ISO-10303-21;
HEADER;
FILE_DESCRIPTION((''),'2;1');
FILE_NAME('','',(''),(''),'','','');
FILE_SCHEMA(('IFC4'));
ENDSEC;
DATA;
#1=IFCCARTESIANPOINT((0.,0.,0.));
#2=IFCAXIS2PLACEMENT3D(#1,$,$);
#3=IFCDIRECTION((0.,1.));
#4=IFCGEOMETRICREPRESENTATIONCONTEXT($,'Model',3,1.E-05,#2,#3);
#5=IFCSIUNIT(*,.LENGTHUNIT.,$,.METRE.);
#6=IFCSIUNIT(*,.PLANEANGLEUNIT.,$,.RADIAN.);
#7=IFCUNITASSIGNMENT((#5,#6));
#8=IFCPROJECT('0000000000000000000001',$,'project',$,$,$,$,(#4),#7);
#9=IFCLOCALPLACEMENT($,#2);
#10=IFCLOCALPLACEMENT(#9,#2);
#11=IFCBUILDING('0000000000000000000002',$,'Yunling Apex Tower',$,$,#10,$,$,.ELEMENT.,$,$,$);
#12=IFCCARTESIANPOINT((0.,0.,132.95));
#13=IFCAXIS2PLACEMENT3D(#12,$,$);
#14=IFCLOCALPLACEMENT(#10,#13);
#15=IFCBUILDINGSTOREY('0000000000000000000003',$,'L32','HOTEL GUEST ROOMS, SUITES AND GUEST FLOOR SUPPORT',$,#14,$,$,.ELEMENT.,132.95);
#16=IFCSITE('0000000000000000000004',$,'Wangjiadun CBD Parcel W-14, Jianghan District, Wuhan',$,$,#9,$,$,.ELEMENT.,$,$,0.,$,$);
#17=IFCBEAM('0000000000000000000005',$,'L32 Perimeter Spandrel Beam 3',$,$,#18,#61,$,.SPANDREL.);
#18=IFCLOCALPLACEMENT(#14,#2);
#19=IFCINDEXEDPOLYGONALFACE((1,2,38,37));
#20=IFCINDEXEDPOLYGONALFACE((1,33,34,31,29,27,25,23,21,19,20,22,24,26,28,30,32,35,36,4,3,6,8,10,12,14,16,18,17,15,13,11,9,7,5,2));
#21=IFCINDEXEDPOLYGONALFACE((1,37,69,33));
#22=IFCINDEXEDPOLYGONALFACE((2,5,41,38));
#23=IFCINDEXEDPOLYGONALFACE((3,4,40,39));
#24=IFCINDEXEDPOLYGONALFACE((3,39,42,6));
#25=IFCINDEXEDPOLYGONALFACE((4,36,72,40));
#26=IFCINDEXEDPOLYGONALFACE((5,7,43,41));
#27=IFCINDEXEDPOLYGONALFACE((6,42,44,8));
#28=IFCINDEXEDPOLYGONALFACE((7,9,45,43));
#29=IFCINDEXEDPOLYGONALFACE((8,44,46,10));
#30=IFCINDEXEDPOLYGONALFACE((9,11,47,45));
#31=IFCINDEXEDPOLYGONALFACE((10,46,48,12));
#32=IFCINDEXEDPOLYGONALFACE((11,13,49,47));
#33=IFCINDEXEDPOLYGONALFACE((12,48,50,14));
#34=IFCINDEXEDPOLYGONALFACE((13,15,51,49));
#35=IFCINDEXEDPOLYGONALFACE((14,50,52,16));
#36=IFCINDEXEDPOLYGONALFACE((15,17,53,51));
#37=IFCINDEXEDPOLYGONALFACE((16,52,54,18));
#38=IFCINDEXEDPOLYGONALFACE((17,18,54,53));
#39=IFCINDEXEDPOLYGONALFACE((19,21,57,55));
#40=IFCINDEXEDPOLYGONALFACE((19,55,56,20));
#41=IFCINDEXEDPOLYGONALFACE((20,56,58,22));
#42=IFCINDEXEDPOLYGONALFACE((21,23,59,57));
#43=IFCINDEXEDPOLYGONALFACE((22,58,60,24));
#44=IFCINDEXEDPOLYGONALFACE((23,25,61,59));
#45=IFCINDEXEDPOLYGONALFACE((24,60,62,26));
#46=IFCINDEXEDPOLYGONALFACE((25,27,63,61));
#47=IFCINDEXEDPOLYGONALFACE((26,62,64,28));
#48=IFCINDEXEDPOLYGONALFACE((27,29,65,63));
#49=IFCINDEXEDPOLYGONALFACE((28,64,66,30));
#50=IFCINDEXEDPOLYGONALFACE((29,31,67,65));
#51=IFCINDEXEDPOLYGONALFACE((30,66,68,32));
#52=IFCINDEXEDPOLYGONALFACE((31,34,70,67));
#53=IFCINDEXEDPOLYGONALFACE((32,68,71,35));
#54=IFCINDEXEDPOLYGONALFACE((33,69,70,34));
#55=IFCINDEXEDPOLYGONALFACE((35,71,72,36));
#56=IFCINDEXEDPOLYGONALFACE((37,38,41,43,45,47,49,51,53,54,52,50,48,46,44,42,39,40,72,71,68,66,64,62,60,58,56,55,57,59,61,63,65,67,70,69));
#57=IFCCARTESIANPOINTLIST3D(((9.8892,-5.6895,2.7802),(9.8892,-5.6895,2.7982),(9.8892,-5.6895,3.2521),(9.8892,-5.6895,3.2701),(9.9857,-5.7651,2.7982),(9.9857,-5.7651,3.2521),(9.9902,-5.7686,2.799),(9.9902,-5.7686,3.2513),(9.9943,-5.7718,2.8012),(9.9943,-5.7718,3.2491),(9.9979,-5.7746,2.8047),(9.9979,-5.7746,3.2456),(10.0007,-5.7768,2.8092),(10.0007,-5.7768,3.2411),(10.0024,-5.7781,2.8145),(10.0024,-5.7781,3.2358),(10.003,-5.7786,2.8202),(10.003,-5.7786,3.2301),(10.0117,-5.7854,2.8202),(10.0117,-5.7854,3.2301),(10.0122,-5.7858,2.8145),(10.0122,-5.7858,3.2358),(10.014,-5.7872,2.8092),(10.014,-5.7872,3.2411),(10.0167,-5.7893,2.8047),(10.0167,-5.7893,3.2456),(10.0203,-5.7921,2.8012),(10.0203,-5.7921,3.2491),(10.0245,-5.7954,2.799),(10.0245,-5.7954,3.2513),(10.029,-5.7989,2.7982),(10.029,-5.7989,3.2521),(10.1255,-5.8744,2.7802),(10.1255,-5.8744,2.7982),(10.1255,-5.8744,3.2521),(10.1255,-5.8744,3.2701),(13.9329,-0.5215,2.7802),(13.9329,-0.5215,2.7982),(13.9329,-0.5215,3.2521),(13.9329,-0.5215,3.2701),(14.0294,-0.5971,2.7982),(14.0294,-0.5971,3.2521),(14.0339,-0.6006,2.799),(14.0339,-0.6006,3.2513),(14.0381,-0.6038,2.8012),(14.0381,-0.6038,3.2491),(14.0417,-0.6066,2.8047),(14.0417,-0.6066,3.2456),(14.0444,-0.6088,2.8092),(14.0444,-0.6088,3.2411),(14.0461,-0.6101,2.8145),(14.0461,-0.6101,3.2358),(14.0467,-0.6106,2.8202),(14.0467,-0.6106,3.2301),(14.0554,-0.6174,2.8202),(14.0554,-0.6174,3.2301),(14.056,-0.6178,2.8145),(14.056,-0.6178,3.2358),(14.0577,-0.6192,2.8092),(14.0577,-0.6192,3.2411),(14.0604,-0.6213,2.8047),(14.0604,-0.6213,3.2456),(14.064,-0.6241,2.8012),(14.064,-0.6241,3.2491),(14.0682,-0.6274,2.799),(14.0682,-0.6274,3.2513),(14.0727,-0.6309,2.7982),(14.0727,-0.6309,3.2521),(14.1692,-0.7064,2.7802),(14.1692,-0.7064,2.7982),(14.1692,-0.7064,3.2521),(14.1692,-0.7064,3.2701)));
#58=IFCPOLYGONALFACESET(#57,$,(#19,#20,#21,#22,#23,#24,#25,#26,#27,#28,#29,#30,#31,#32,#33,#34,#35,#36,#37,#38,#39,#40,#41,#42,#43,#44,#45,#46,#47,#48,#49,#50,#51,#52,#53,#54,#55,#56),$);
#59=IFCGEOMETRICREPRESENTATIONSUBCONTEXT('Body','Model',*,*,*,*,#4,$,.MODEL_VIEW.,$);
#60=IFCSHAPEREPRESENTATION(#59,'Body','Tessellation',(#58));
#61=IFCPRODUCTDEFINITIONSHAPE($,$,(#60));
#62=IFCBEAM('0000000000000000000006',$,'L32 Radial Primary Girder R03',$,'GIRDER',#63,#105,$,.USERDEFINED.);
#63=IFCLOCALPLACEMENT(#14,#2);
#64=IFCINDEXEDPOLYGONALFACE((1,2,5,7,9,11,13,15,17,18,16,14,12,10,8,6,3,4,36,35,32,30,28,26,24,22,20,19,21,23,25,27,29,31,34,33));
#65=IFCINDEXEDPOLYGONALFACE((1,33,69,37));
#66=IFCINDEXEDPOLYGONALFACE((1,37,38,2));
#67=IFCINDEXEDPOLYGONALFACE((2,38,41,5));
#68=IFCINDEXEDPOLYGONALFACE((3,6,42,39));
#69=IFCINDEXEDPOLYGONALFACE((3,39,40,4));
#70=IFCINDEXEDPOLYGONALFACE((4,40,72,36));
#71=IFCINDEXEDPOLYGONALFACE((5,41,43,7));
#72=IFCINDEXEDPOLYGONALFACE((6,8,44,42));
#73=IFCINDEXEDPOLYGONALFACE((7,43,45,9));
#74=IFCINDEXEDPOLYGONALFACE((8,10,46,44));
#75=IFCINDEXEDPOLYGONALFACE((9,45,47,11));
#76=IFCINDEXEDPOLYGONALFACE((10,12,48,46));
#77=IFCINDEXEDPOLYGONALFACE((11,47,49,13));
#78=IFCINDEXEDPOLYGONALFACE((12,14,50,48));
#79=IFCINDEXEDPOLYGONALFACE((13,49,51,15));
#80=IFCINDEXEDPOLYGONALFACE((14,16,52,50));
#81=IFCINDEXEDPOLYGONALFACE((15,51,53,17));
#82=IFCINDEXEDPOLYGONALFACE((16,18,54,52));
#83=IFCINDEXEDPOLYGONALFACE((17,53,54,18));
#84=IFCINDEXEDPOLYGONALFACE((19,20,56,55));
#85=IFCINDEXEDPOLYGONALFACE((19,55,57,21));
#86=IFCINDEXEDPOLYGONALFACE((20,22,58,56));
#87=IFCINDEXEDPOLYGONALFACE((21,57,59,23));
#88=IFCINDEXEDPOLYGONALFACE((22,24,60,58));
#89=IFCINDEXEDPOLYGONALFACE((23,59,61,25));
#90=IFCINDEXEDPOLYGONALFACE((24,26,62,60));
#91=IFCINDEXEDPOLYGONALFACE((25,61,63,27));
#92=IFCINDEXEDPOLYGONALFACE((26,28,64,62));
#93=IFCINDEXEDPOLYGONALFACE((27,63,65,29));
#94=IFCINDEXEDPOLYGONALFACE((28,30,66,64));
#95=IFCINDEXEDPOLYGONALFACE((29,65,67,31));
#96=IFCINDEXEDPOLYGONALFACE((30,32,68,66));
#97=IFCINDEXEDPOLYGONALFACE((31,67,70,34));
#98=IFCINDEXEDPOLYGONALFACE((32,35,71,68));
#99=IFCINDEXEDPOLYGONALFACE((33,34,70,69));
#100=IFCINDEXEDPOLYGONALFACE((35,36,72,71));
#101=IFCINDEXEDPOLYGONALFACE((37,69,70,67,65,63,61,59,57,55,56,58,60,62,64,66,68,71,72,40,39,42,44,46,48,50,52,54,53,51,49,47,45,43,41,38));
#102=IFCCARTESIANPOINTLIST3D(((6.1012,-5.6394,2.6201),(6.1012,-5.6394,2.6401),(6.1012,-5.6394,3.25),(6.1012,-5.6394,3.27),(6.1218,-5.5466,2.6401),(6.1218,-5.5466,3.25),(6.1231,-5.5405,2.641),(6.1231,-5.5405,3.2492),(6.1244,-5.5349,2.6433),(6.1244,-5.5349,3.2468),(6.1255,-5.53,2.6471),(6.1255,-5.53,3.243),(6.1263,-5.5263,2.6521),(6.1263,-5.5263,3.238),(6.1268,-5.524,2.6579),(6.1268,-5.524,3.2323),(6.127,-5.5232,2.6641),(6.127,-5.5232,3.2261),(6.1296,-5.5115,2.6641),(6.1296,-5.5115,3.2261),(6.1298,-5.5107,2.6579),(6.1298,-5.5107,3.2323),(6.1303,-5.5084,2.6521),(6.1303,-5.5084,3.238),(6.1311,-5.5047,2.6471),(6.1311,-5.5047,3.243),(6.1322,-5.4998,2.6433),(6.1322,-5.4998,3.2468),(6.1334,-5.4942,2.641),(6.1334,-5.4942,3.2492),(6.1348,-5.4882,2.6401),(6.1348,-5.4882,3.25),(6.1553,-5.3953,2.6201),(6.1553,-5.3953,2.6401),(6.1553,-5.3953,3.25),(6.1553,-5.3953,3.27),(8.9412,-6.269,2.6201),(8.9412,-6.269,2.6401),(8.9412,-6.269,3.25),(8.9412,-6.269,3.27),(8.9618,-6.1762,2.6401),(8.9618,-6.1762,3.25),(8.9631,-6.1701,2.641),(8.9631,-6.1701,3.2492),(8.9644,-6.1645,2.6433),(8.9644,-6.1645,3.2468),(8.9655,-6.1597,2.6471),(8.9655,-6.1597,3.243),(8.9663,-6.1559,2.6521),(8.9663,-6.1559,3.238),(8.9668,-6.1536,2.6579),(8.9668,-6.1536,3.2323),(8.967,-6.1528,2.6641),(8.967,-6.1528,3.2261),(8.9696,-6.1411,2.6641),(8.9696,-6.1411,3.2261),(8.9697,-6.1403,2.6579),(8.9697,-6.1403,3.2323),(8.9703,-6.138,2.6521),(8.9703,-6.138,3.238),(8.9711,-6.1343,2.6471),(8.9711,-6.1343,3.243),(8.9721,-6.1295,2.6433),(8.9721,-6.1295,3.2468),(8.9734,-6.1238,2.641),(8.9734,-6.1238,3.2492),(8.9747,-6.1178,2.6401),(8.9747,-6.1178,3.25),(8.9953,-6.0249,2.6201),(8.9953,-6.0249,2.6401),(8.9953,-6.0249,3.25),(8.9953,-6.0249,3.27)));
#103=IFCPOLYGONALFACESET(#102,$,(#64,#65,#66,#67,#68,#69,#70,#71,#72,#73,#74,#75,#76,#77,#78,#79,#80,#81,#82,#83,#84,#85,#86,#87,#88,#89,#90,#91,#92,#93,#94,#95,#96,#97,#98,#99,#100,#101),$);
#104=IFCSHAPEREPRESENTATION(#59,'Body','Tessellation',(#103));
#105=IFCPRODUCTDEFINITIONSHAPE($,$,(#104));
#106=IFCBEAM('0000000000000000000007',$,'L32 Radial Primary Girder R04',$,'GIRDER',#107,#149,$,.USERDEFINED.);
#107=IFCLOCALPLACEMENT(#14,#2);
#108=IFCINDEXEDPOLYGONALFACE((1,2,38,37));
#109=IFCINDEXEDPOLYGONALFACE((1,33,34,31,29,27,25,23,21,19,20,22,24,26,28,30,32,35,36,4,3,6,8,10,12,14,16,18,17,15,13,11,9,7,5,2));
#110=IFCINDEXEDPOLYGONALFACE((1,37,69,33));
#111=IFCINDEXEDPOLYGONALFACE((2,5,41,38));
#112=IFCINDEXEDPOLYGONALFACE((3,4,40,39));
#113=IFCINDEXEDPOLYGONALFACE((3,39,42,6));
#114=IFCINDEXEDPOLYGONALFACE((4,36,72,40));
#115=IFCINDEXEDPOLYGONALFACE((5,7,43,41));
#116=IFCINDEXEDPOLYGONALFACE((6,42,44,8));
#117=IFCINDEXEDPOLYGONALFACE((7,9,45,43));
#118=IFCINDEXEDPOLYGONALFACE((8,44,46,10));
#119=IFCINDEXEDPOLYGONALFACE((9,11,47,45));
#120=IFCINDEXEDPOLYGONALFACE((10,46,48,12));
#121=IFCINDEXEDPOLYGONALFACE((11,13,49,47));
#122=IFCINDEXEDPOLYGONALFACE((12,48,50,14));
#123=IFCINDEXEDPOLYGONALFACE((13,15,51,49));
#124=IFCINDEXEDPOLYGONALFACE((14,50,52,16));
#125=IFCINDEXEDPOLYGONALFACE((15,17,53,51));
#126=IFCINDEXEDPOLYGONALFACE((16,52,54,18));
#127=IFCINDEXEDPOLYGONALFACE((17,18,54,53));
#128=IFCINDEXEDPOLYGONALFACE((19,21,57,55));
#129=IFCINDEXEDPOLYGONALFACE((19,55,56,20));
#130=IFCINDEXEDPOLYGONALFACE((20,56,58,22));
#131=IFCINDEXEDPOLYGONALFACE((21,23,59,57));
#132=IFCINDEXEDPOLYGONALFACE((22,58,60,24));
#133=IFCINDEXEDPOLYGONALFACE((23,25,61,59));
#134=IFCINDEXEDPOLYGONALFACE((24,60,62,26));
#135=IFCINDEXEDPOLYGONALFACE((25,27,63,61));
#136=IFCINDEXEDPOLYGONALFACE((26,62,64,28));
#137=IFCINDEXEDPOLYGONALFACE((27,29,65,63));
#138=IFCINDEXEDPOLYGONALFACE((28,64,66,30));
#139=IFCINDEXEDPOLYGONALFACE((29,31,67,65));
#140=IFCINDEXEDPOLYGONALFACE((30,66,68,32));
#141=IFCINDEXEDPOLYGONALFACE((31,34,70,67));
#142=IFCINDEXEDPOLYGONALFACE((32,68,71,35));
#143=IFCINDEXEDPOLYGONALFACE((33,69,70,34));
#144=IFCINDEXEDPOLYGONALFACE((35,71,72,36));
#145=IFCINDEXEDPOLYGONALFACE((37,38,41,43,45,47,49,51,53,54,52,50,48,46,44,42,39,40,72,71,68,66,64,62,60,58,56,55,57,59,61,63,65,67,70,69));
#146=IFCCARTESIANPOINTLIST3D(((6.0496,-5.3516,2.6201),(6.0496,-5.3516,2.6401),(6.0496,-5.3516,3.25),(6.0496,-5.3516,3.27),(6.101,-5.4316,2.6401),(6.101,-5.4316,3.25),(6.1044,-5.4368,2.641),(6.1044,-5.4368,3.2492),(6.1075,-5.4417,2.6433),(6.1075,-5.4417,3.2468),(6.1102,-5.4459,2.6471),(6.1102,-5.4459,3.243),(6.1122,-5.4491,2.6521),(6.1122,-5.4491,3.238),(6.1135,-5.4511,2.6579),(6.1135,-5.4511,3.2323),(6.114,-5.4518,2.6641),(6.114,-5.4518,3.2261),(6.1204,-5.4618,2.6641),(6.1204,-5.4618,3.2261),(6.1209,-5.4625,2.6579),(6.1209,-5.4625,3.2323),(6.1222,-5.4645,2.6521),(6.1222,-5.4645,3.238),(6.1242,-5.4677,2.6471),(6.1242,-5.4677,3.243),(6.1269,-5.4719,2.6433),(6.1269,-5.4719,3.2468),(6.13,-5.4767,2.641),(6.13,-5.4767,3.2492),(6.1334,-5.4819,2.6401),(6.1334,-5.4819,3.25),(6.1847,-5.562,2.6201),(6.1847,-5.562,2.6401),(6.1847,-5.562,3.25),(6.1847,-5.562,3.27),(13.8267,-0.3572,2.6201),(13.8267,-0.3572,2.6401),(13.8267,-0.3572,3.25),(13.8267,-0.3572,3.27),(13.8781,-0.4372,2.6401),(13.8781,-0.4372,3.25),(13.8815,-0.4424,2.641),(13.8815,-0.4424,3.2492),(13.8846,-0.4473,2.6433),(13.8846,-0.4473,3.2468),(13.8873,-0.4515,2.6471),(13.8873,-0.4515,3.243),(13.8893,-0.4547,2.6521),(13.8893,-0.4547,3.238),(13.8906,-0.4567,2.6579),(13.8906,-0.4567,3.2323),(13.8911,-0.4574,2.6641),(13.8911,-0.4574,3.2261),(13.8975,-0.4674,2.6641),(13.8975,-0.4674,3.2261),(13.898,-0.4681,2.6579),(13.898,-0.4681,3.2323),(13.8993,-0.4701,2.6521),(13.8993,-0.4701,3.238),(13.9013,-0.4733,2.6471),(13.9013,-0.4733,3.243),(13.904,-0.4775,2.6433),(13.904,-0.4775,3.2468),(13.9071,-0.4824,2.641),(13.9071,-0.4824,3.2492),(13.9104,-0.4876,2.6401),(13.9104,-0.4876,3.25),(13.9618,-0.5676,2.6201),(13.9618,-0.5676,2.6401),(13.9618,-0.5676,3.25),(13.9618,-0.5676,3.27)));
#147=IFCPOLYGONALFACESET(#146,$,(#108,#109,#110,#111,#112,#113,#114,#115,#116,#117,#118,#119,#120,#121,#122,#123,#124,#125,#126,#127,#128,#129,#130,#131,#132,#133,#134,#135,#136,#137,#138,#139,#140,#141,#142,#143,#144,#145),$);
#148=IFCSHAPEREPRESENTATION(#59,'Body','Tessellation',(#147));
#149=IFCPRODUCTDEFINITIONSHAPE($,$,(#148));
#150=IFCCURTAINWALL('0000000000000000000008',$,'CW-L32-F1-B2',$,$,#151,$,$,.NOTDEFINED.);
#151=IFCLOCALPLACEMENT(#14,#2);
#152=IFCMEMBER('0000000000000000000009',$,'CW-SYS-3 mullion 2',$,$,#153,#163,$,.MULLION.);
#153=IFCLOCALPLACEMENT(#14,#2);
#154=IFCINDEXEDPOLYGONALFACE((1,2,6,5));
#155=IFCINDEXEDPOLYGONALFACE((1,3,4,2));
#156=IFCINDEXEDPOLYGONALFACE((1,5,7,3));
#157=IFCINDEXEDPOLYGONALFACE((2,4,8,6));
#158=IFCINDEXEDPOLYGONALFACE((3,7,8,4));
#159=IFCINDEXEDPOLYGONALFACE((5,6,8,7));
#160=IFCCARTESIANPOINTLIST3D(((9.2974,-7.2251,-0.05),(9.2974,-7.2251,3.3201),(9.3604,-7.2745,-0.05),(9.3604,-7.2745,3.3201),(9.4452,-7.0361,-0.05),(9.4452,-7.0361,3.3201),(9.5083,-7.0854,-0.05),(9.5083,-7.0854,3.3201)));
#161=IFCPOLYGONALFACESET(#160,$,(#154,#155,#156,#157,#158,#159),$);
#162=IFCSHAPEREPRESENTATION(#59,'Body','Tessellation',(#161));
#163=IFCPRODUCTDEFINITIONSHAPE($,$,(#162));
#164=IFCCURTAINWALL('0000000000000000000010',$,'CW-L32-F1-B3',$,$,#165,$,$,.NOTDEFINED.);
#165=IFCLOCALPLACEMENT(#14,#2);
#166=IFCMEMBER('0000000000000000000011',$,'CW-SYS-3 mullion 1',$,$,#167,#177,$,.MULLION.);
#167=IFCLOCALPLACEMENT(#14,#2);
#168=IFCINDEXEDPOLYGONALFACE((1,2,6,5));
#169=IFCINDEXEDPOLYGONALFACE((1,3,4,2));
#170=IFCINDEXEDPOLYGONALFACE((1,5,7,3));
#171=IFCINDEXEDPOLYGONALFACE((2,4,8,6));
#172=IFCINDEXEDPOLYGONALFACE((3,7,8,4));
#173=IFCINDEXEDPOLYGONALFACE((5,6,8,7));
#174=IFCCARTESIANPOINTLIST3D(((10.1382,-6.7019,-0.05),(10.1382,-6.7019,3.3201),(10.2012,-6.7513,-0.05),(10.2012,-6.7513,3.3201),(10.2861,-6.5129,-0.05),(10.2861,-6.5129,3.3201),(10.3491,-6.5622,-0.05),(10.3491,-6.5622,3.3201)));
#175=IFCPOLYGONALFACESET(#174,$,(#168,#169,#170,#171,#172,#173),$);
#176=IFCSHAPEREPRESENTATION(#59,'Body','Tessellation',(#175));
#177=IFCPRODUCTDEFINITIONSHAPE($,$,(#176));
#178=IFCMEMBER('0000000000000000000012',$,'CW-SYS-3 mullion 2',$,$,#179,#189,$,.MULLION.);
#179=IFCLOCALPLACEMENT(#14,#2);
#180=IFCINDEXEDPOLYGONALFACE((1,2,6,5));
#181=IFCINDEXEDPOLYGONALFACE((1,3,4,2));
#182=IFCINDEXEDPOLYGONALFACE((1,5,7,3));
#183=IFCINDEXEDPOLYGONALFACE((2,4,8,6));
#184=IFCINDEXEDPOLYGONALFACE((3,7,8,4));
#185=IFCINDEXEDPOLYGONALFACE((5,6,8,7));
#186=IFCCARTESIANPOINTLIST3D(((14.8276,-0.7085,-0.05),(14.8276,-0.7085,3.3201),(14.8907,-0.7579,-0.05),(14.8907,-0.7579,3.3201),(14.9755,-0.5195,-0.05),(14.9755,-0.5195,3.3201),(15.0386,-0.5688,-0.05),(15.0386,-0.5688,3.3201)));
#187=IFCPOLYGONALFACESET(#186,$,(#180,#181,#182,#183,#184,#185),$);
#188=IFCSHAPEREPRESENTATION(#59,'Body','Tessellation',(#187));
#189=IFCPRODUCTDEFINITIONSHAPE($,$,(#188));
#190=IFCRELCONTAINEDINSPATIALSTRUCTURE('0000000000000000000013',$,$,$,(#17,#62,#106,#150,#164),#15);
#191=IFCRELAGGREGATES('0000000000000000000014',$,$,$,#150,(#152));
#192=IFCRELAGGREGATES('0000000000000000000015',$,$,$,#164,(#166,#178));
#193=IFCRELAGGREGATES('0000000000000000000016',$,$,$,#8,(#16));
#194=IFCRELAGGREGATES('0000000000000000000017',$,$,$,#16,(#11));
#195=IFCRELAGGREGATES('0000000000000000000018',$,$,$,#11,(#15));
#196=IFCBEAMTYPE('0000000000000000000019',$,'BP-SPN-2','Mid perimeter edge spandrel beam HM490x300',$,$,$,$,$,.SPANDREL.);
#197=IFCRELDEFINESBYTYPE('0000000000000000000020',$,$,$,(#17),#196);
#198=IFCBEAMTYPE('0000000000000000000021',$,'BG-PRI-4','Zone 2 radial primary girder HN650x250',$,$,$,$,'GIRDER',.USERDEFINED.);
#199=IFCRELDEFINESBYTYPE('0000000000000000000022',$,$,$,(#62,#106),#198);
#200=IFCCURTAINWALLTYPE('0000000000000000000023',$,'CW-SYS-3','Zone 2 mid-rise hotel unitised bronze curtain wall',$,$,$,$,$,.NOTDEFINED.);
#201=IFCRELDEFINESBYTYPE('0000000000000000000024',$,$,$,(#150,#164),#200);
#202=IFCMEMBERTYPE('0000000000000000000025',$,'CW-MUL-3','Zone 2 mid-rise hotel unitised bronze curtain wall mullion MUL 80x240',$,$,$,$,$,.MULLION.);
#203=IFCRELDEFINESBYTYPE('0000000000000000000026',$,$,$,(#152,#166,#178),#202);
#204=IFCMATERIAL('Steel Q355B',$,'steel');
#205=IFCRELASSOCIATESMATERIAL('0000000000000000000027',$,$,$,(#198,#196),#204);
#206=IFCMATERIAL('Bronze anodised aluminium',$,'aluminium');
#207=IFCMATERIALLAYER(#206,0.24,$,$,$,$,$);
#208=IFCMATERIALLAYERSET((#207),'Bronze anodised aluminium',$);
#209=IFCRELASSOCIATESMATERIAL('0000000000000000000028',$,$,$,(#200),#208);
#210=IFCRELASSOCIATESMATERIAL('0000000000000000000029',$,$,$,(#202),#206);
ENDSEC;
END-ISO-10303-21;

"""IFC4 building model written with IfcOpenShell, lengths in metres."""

from ifc_helpers import new_model, si_unit, direction, frame, origin, origin_2d, place, context, subcontext, project, spatial, rectangle, i_section, extrude, source, transform, mapped, material, layer, layer_set, material_profile, profile_set, type_object, element, aggregate, save


model = new_model("IFC4")

# Units and contexts
model_context = context("Model", 3, precision=1e-05, world=origin(), true_north=direction((0.0, 1.0)))
body_context = subcontext(model_context, "Body", "Model", "MODEL_VIEW")
ifc_project = project(units=[si_unit("LENGTHUNIT", "METRE"), si_unit("PLANEANGLEUNIT", "RADIAN")], contexts=[model_context])

# Site, building, storey
site_placement = place(None, origin())
site = spatial("IfcSite", under=ifc_project, at=site_placement, Name="Wangjiadun CBD Parcel W-14, Jianghan District, Wuhan", CompositionType="ELEMENT", RefElevation=0.0)
building_placement = place(site_placement, origin())
building = spatial("IfcBuilding", under=site, at=building_placement, Name="Yunling Apex Tower", CompositionType="ELEMENT")
storey_placement = place(building_placement, frame((0.0, 0.0, 132.95)))
storey = spatial("IfcBuildingStorey", under=building, at=storey_placement, Name="L32", Description="HOTEL GUEST ROOMS, SUITES AND GUEST FLOOR SUPPORT", CompositionType="ELEMENT", Elevation=132.95)

# Beams
ifc_material_1 = material(Name="Steel Q355B", Category="steel")
ifc_material_profile_1 = material_profile(ifc_material_1, i_section(OverallWidth=0.25, OverallDepth=0.6499, WebThickness=0.012, FlangeThickness=0.02, FilletRadius=0.0239, at=origin_2d()))
ifc_profile_set_1 = profile_set([ifc_material_profile_1], Name="Steel Q355B")
beam_type_1 = type_object("IfcBeamType", Name="BG-PRI-4", Description="Zone 2 radial primary girder HN650x250", ElementType="GIRDER", PredefinedType="USERDEFINED", material=ifc_profile_set_1)
ifc_material_profile_2 = material_profile(ifc_material_1, i_section(OverallWidth=0.3, OverallDepth=0.49, WebThickness=0.011, FlangeThickness=0.0181, FilletRadius=0.022, at=origin_2d()))
ifc_profile_set_2 = profile_set([ifc_material_profile_2], Name="Steel Q355B")
beam_type_2 = type_object("IfcBeamType", Name="BP-SPN-2", Description="Mid perimeter edge spandrel beam HM490x300", PredefinedType="SPANDREL", material=ifc_profile_set_2)
shared_shape_1 = source(origin(), body_context, "Body", "SweptSolid", [
    extrude(i_section(OverallWidth=0.3, OverallDepth=0.49, WebThickness=0.011, FlangeThickness=0.0181, FilletRadius=0.022, at=origin_2d()), origin(), (0.0, 0.0, 1.0), 6.562),
])
beam_1_placement = place(storey_placement, frame((10.0073, -5.782, 3.0251), z_axis=(0.616233, 0.787564, 0.0), x_axis=(-0.787564, 0.616233, 0.0)))
element("IfcBeam", 1, at=beam_1_placement, inside=storey, type_object=beam_type_2, Name="L32 Perimeter Spandrel Beam 3", PredefinedType="SPANDREL", context=body_context, shape_type="MappedRepresentation", body=[
    mapped(shared_shape_1, transform((0.0, 0.0, 0.0), scale=1.0)),
])
shared_shape_2 = source(origin(), body_context, "Body", "SweptSolid", [
    extrude(i_section(OverallWidth=0.25, OverallDepth=0.6499, WebThickness=0.012, FlangeThickness=0.02, FilletRadius=0.0239, at=origin_2d()), origin(), (0.0, 0.0, 1.0), 2.9089),
])
beam_2_placement = place(storey_placement, frame((8.9683, -6.147, 2.9451), z_axis=(-0.976296, 0.216442, 0.0), x_axis=(-0.216442, -0.976296, 0.0)))
element("IfcBeam", 2, at=beam_2_placement, inside=storey, type_object=beam_type_1, Name="L32 Radial Primary Girder R03", ObjectType="GIRDER", PredefinedType="USERDEFINED", context=body_context, shape_type="MappedRepresentation", body=[
    mapped(shared_shape_2, transform((0.0, 0.0, 0.0), scale=1.0)),
])
shared_shape_3 = source(origin(), body_context, "Body", "SweptSolid", [
    extrude(i_section(OverallWidth=0.25, OverallDepth=0.6499, WebThickness=0.012, FlangeThickness=0.02, FilletRadius=0.0239, at=origin_2d()), origin(), (0.0, 0.0, 1.0), 9.2427),
])
beam_3_placement = place(storey_placement, frame((13.8943, -0.4624, 2.9451), z_axis=(-0.841433, -0.540361, 0.0), x_axis=(0.540361, -0.841433, 0.0)))
element("IfcBeam", 3, at=beam_3_placement, inside=storey, type_object=beam_type_1, Name="L32 Radial Primary Girder R04", ObjectType="GIRDER", PredefinedType="USERDEFINED", context=body_context, shape_type="MappedRepresentation", body=[
    mapped(shared_shape_3, transform((0.0, 0.0, 0.0), scale=1.0)),
])

# Curtain wall, member
ifc_material_2 = material(Name="Bronze anodised aluminium", Category="aluminium")
ifc_layer_1 = layer(ifc_material_2, 0.24)
ifc_layer_set_1 = layer_set([ifc_layer_1], Name="Bronze anodised aluminium")
curtain_wall_type = type_object("IfcCurtainWallType", Name="CW-SYS-3", Description="Zone 2 mid-rise hotel unitised bronze curtain wall", PredefinedType="NOTDEFINED", material=ifc_layer_set_1)
curtain_wall_1_placement = place(storey_placement, origin())
curtain_wall_1 = element("IfcCurtainWall", 4, at=curtain_wall_1_placement, inside=storey, type_object=curtain_wall_type, Name="CW-L32-F1-B2", PredefinedType="NOTDEFINED")
ifc_material_profile_3 = material_profile(ifc_material_2, rectangle(XDim=0.0801, YDim=0.24, at=origin_2d()))
ifc_profile_set_3 = profile_set([ifc_material_profile_3], Name="Bronze anodised aluminium")
member_type_1 = type_object("IfcMemberType", Name="CW-MUL-3", Description="Zone 2 mid-rise hotel unitised bronze curtain wall mullion MUL 80x240", PredefinedType="MULLION", material=ifc_profile_set_3)
shared_shape_4 = source(origin(), body_context, "Body", "SweptSolid", [
    extrude(rectangle(XDim=0.0801, YDim=0.24, at=origin_2d()), origin(), (0.0, 0.0, 1.0), 3.3701),
])
member_1_placement = place(storey_placement, frame((9.4028, -7.1553, -0.05), z_axis=(0.0, 0.0, 1.0), x_axis=(-0.78759, 0.616199, 0.0)))
member_1 = element("IfcMember", 5, at=member_1_placement, type_object=member_type_1, Name="CW-SYS-3 mullion 2", PredefinedType="MULLION", context=body_context, shape_type="MappedRepresentation", body=[
    mapped(shared_shape_4, transform((0.0, 0.0, 0.0), scale=1.0)),
])

# Curtain wall, members
curtain_wall_2_placement = place(storey_placement, origin())
curtain_wall_2 = element("IfcCurtainWall", 6, at=curtain_wall_2_placement, inside=storey, type_object=curtain_wall_type, Name="CW-L32-F1-B3", PredefinedType="NOTDEFINED")
member_2_placement = place(storey_placement, frame((10.2437, -6.6321, -0.05), z_axis=(0.0, 0.0, 1.0), x_axis=(-0.787584, 0.616208, 0.0)))
member_2 = element("IfcMember", 7, at=member_2_placement, type_object=member_type_1, Name="CW-SYS-3 mullion 1", PredefinedType="MULLION", context=body_context, shape_type="MappedRepresentation", body=[
    mapped(shared_shape_4, transform((0.0, 0.0, 0.0), scale=1.0)),
])
member_3_placement = place(storey_placement, frame((14.9331, -0.6387, -0.05), z_axis=(0.0, 0.0, 1.0), x_axis=(-0.787584, 0.616208, 0.0)))
member_3 = element("IfcMember", 8, at=member_3_placement, type_object=member_type_1, Name="CW-SYS-3 mullion 2", PredefinedType="MULLION", context=body_context, shape_type="MappedRepresentation", body=[
    mapped(shared_shape_4, transform((0.0, 0.0, 0.0), scale=1.0)),
])

aggregate(curtain_wall_1, [member_1])
aggregate(curtain_wall_2, [member_2, member_3])

save(model, "model.ifc")
